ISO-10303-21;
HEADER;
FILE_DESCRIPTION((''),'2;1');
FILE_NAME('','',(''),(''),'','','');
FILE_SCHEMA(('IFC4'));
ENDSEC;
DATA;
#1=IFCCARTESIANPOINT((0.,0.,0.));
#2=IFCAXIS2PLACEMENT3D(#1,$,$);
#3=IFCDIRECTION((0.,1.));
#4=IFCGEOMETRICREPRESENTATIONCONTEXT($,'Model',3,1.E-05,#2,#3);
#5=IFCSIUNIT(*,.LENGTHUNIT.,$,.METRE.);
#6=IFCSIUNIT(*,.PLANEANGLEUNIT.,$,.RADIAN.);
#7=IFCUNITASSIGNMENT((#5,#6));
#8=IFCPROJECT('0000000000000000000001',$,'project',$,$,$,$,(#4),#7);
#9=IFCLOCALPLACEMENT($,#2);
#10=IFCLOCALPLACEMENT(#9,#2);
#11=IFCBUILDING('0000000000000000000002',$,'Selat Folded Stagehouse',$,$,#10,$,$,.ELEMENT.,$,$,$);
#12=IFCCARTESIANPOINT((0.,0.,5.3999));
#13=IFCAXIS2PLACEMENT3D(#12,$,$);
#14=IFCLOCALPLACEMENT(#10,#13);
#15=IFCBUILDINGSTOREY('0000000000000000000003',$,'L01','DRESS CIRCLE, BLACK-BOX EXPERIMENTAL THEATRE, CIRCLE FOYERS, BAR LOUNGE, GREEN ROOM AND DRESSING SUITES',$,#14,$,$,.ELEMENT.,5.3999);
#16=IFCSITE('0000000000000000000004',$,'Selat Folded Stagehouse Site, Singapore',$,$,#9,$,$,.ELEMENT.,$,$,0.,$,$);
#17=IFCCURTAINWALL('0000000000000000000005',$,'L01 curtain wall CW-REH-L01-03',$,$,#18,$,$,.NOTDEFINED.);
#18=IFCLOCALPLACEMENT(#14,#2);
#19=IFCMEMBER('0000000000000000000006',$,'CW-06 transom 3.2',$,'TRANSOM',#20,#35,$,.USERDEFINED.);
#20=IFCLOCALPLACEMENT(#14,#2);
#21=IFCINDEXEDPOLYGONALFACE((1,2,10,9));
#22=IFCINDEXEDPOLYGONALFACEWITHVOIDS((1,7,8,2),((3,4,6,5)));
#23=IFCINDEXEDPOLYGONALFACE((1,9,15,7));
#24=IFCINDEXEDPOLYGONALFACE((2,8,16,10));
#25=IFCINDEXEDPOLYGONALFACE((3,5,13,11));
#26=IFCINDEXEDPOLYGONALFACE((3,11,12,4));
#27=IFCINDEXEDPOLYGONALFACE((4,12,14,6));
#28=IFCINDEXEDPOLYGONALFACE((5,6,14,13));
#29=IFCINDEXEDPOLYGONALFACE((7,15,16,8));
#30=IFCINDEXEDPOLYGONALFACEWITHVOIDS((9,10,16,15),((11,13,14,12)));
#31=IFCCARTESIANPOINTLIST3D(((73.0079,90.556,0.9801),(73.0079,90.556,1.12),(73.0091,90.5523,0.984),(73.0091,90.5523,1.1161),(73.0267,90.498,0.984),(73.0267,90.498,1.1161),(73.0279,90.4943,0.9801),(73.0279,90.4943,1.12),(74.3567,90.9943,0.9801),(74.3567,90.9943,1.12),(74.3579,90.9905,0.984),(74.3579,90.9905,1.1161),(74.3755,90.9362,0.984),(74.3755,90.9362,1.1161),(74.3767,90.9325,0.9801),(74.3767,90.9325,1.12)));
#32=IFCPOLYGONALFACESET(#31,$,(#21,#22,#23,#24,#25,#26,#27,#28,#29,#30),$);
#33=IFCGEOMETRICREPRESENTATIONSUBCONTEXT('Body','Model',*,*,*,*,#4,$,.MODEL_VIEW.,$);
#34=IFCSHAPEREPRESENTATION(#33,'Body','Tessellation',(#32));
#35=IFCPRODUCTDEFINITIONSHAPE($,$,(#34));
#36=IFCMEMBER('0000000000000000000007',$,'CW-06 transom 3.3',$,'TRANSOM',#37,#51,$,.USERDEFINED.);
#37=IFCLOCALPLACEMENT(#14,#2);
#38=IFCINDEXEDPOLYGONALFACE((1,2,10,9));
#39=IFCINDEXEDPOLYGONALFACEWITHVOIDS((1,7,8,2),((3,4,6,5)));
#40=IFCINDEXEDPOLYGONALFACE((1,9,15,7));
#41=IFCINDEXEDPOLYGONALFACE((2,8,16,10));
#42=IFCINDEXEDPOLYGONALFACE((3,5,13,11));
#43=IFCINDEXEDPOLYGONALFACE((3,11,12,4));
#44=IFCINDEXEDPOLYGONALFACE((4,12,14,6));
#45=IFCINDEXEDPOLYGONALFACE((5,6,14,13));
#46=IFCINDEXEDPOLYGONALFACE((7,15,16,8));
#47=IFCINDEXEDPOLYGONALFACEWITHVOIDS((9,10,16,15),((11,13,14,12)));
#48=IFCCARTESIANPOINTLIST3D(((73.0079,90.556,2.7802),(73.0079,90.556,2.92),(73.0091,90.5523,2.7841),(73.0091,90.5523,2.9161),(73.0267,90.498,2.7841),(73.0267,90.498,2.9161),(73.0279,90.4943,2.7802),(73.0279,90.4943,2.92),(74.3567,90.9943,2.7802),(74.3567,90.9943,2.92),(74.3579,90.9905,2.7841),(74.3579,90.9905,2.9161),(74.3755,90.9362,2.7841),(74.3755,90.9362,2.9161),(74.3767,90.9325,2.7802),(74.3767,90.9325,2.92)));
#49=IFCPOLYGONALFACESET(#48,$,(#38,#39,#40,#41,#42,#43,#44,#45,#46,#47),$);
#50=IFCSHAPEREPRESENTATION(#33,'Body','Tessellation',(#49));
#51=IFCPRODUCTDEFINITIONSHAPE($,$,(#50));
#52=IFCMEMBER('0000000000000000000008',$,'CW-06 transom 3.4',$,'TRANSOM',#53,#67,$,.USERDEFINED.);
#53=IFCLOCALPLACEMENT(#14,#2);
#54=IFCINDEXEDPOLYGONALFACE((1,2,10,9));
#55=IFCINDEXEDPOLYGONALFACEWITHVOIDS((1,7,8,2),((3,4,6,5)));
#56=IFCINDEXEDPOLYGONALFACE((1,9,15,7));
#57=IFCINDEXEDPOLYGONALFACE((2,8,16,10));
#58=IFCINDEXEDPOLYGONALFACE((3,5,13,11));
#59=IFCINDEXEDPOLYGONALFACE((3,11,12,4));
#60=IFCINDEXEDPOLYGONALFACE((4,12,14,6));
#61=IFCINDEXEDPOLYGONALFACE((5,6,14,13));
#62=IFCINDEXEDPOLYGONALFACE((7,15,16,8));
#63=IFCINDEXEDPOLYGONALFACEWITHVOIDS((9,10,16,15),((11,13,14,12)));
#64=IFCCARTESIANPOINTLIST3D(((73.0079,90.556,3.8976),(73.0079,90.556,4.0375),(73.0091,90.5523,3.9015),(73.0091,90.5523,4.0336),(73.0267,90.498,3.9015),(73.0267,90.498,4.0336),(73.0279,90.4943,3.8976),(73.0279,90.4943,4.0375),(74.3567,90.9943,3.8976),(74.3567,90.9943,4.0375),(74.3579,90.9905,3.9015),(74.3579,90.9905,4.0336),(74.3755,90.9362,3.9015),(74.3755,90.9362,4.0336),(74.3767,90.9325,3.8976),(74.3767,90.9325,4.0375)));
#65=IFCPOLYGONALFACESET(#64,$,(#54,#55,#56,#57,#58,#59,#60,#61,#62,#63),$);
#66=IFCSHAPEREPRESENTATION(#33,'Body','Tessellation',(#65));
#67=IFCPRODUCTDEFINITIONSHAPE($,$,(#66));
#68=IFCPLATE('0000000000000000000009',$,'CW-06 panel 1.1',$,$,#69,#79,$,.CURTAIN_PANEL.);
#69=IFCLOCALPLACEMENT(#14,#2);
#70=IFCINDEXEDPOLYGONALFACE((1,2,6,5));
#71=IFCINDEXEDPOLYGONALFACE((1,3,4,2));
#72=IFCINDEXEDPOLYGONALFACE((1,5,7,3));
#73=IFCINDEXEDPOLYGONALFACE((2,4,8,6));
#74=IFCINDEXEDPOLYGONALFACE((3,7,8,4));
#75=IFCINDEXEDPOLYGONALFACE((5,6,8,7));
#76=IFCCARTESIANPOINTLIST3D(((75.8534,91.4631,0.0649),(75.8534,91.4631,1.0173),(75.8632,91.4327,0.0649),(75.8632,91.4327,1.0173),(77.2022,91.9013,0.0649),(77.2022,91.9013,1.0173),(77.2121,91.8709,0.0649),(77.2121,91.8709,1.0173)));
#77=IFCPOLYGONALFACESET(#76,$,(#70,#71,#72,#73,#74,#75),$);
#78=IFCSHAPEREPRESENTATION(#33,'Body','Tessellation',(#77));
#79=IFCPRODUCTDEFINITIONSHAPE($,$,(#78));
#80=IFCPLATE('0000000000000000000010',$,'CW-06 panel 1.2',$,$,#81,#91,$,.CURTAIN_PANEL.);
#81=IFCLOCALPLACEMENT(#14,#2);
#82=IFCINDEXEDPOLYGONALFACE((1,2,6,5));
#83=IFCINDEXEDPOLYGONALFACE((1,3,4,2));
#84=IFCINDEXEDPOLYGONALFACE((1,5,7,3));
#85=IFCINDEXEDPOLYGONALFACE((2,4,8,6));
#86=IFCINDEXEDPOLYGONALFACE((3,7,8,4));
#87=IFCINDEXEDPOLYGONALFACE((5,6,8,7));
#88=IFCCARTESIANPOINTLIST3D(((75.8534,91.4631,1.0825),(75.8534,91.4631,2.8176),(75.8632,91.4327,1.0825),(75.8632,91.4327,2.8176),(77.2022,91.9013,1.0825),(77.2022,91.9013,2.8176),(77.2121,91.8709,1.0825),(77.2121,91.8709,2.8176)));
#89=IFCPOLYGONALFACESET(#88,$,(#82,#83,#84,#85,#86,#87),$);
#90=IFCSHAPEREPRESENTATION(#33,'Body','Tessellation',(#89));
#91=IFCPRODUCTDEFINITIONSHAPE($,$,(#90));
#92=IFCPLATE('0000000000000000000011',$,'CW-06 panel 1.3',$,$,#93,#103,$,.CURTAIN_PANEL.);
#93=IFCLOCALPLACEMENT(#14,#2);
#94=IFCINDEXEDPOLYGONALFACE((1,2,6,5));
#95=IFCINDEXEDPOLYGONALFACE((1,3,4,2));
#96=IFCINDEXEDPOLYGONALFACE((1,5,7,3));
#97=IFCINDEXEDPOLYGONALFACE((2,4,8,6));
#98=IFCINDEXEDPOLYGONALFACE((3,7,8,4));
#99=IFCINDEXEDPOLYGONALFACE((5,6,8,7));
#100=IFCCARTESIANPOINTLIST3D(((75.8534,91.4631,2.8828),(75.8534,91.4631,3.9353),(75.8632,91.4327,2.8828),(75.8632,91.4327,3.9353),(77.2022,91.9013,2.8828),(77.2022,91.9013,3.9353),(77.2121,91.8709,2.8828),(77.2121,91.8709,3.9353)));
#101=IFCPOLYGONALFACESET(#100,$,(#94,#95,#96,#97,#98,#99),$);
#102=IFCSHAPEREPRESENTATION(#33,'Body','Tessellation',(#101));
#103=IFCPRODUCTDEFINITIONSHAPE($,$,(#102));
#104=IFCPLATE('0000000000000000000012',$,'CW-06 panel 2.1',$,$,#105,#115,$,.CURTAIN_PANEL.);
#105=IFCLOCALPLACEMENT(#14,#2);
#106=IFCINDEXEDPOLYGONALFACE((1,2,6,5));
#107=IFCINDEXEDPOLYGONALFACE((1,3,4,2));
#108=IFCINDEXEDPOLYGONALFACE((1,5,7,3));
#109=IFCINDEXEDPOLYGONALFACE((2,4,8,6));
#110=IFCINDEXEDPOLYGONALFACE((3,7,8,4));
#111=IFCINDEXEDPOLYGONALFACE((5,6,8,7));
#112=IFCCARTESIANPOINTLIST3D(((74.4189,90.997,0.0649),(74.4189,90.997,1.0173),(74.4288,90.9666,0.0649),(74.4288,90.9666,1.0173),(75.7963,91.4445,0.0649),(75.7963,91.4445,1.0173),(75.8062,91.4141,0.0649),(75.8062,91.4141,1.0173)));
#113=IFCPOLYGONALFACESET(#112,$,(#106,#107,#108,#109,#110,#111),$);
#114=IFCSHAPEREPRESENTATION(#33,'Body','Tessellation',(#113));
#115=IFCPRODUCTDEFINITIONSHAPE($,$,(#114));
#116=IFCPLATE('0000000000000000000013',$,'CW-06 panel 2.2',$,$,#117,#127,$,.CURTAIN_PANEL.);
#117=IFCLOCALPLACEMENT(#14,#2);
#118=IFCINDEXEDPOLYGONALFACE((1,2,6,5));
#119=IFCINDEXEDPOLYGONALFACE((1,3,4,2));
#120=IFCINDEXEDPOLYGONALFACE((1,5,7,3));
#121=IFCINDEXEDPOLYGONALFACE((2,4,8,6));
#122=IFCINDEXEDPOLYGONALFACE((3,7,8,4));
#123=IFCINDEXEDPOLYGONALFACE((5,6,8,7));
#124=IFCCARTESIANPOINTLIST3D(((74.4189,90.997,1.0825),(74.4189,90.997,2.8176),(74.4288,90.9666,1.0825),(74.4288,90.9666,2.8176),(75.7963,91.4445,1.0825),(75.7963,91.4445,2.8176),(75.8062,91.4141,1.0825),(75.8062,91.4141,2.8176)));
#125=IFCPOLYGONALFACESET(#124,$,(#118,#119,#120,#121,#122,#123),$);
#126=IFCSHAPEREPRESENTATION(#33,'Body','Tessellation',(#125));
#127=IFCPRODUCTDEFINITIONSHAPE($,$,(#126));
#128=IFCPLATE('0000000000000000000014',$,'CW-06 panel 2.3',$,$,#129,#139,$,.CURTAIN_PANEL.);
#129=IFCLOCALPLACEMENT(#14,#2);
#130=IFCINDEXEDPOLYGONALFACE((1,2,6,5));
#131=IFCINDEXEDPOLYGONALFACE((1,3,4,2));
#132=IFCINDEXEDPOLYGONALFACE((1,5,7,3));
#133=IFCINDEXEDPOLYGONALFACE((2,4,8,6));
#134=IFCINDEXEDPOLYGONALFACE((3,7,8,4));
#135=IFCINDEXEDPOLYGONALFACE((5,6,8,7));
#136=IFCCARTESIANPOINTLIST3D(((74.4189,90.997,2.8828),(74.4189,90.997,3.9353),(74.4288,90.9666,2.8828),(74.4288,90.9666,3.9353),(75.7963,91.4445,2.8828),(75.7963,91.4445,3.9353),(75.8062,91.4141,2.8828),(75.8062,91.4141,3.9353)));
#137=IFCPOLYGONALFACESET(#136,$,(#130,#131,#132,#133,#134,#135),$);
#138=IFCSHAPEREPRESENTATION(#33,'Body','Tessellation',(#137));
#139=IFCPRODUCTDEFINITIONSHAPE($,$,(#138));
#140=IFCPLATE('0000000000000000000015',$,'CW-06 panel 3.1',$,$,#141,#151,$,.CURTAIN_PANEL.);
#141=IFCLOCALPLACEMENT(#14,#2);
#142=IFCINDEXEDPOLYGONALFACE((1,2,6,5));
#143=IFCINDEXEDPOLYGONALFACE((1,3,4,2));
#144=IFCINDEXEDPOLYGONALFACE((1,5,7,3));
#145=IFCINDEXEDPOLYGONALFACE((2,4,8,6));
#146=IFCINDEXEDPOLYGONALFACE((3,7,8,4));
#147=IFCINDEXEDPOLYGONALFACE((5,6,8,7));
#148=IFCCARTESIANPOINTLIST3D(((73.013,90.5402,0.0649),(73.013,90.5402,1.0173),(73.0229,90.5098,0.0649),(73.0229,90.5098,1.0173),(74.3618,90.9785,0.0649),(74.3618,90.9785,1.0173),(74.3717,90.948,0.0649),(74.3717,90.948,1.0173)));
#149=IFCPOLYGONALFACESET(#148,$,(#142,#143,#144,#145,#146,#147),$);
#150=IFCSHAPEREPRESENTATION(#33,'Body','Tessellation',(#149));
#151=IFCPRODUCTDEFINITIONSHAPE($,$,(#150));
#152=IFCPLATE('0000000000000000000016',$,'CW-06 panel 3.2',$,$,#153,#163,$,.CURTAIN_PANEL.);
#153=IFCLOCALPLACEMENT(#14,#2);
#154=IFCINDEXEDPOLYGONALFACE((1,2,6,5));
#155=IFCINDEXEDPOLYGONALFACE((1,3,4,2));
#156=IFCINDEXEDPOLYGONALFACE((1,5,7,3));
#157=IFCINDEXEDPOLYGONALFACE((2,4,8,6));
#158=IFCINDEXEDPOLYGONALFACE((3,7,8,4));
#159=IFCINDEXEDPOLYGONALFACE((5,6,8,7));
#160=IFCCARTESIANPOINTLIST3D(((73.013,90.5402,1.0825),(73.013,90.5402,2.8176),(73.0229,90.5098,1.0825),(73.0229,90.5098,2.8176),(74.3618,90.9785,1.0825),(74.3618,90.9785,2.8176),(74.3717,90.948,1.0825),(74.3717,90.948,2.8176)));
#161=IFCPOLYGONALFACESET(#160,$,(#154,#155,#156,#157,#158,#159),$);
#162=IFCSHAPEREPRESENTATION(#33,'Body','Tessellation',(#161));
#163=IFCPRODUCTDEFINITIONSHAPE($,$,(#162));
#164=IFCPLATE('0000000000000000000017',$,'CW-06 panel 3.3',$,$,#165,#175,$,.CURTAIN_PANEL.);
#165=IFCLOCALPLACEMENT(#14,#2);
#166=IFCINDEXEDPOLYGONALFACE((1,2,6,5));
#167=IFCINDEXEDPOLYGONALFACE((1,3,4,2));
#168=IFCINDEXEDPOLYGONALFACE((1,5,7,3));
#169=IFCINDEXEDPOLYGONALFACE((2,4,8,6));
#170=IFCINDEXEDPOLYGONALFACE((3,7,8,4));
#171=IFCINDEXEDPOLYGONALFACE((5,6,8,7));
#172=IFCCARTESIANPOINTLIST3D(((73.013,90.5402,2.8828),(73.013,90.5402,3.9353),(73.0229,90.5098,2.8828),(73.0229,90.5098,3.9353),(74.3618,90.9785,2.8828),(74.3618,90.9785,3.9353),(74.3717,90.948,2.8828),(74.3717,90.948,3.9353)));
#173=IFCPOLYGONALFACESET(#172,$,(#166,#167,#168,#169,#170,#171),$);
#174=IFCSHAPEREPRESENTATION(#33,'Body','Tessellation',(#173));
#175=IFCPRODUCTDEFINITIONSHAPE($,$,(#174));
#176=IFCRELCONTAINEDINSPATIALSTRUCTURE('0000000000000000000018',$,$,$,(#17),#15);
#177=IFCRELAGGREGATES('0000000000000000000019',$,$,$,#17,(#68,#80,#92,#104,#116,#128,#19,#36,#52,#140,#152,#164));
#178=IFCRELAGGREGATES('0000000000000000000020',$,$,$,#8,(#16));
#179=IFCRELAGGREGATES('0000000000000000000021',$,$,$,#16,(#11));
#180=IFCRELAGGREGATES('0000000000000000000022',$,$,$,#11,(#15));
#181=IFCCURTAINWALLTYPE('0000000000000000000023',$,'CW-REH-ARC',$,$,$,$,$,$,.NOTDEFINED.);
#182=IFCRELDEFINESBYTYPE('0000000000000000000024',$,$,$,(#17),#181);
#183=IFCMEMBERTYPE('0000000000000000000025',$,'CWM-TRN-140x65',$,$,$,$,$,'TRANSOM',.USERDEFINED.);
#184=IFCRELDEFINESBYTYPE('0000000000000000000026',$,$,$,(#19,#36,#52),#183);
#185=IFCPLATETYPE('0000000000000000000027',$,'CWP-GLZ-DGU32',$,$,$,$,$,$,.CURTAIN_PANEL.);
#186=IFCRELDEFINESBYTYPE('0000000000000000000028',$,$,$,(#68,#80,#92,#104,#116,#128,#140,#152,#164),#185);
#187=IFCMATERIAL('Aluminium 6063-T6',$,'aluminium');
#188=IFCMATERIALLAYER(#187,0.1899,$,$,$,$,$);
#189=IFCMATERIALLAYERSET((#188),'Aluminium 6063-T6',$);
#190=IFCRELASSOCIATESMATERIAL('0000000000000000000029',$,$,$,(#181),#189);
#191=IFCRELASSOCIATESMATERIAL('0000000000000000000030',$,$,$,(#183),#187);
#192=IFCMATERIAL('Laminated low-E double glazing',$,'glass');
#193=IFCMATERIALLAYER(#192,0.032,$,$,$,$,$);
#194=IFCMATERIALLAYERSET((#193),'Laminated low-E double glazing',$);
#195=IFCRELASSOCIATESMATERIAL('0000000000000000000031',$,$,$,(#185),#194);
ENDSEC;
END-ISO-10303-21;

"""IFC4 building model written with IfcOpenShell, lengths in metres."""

from ifc_helpers import new_model, si_unit, direction, frame, origin, origin_2d, place, context, subcontext, project, spatial, rectangle, hollow_rectangle, extrude, material, layer, layer_set, material_profile, profile_set, type_object, element, aggregate, save


model = new_model("IFC4")

# Units and contexts
model_context = context("Model", 3, precision=1e-05, world=origin(), true_north=direction((0.0, 1.0)))
body_context = subcontext(model_context, "Body", "Model", "MODEL_VIEW")
ifc_project = project(units=[si_unit("LENGTHUNIT", "METRE"), si_unit("PLANEANGLEUNIT", "RADIAN")], contexts=[model_context])

# Site, building, storey
site_placement = place(None, origin())
site = spatial("IfcSite", under=ifc_project, at=site_placement, Name="Selat Folded Stagehouse Site, Singapore", CompositionType="ELEMENT", RefElevation=0.0)
building_placement = place(site_placement, origin())
building = spatial("IfcBuilding", under=site, at=building_placement, Name="Selat Folded Stagehouse", CompositionType="ELEMENT")
storey_placement = place(building_placement, frame((0.0, 0.0, 5.3999)))
storey = spatial("IfcBuildingStorey", under=building, at=storey_placement, Name="L01", Description="DRESS CIRCLE, BLACK-BOX EXPERIMENTAL THEATRE, CIRCLE FOYERS, BAR LOUNGE, GREEN ROOM AND DRESSING SUITES", CompositionType="ELEMENT", Elevation=5.3999)

# Curtain wall, members, plates
ifc_material_1 = material(Name="Aluminium 6063-T6", Category="aluminium")
ifc_layer_1 = layer(ifc_material_1, 0.1899)
ifc_layer_set_1 = layer_set([ifc_layer_1], Name="Aluminium 6063-T6")
curtain_wall_type = type_object("IfcCurtainWallType", Name="CW-REH-ARC", PredefinedType="NOTDEFINED", material=ifc_layer_set_1)
curtain_wall_placement = place(storey_placement, origin())
curtain_wall = element("IfcCurtainWall", 1, at=curtain_wall_placement, inside=storey, type_object=curtain_wall_type, Name="L01 curtain wall CW-REH-L01-03", PredefinedType="NOTDEFINED")
ifc_material_profile_1 = material_profile(ifc_material_1, hollow_rectangle(XDim=0.0649, YDim=0.1399, WallThickness=0.0039, at=origin_2d()), Name="ALU 140x65x4.0")
ifc_profile_set_1 = profile_set([ifc_material_profile_1], Name="Aluminium 6063-T6")
member_type_1 = type_object("IfcMemberType", Name="CWM-TRN-140x65", ElementType="TRANSOM", PredefinedType="USERDEFINED", material=ifc_profile_set_1)
member_1_placement = place(storey_placement, frame((74.3667, 90.9634, 1.05), z_axis=(-0.951066, -0.308989, 0.0), x_axis=(0.308989, -0.951066, 0.0)))
member_1 = element("IfcMember", 2, at=member_1_placement, type_object=member_type_1, Name="CW-06 transom 3.2", ObjectType="TRANSOM", PredefinedType="USERDEFINED", context=body_context, shape_type="SweptSolid", body=[
    extrude(hollow_rectangle(XDim=0.0649, YDim=0.1399, WallThickness=0.0039, at=origin_2d()), origin(), (0.0, 0.0, 1.0), 1.4182),
])
member_2_placement = place(storey_placement, frame((74.3667, 90.9634, 2.8501), z_axis=(-0.951066, -0.308989, 0.0), x_axis=(0.308989, -0.951066, 0.0)))
member_2 = element("IfcMember", 3, at=member_2_placement, type_object=member_type_1, Name="CW-06 transom 3.3", ObjectType="TRANSOM", PredefinedType="USERDEFINED", context=body_context, shape_type="SweptSolid", body=[
    extrude(hollow_rectangle(XDim=0.0649, YDim=0.1399, WallThickness=0.0039, at=origin_2d()), origin(), (0.0, 0.0, 1.0), 1.4182),
])
member_3_placement = place(storey_placement, frame((74.3667, 90.9634, 3.9675), z_axis=(-0.951066, -0.308989, 0.0), x_axis=(0.308989, -0.951066, 0.0)))
member_3 = element("IfcMember", 4, at=member_3_placement, type_object=member_type_1, Name="CW-06 transom 3.4", ObjectType="TRANSOM", PredefinedType="USERDEFINED", context=body_context, shape_type="SweptSolid", body=[
    extrude(hollow_rectangle(XDim=0.0649, YDim=0.1399, WallThickness=0.0039, at=origin_2d()), origin(), (0.0, 0.0, 1.0), 1.4182),
])
ifc_material_2 = material(Name="Laminated low-E double glazing", Category="glass")
ifc_layer_2 = layer(ifc_material_2, 0.032)
ifc_layer_set_2 = layer_set([ifc_layer_2], Name="Laminated low-E double glazing")
plate_type = type_object("IfcPlateType", Name="CWP-GLZ-DGU32", PredefinedType="CURTAIN_PANEL", material=ifc_layer_set_2)
plate_1_placement = place(storey_placement, frame((76.5327, 91.667, 0.0649), z_axis=(0.0, 0.0, 1.0), x_axis=(-0.951065, -0.308992, 0.0)))
plate_1 = element("IfcPlate", 5, at=plate_1_placement, type_object=plate_type, Name="CW-06 panel 1.1", PredefinedType="CURTAIN_PANEL", context=body_context, shape_type="SweptSolid", body=[
    extrude(rectangle(XDim=1.4182, YDim=0.032, at=origin_2d()), origin(), (0.0, 0.0, 1.0), 0.9524),
])
plate_2_placement = place(storey_placement, frame((76.5327, 91.667, 1.0825), z_axis=(0.0, 0.0, 1.0), x_axis=(-0.951065, -0.308992, 0.0)))
plate_2 = element("IfcPlate", 6, at=plate_2_placement, type_object=plate_type, Name="CW-06 panel 1.2", PredefinedType="CURTAIN_PANEL", context=body_context, shape_type="SweptSolid", body=[
    extrude(rectangle(XDim=1.4182, YDim=0.032, at=origin_2d()), origin(), (0.0, 0.0, 1.0), 1.7351),
])
plate_3_placement = place(storey_placement, frame((76.5327, 91.667, 2.8828), z_axis=(0.0, 0.0, 1.0), x_axis=(-0.951065, -0.308992, 0.0)))
plate_3 = element("IfcPlate", 7, at=plate_3_placement, type_object=plate_type, Name="CW-06 panel 1.3", PredefinedType="CURTAIN_PANEL", context=body_context, shape_type="SweptSolid", body=[
    extrude(rectangle(XDim=1.4182, YDim=0.032, at=origin_2d()), origin(), (0.0, 0.0, 1.0), 1.0525),
])
plate_4_placement = place(storey_placement, frame((75.1125, 91.2056, 0.0649), z_axis=(0.0, 0.0, 1.0), x_axis=(-0.951065, -0.308992, 0.0)))
plate_4 = element("IfcPlate", 8, at=plate_4_placement, type_object=plate_type, Name="CW-06 panel 2.1", PredefinedType="CURTAIN_PANEL", context=body_context, shape_type="SweptSolid", body=[
    extrude(rectangle(XDim=1.4482, YDim=0.032, at=origin_2d()), origin(), (0.0, 0.0, 1.0), 0.9524),
])
plate_5_placement = place(storey_placement, frame((75.1125, 91.2056, 1.0825), z_axis=(0.0, 0.0, 1.0), x_axis=(-0.951065, -0.308992, 0.0)))
plate_5 = element("IfcPlate", 9, at=plate_5_placement, type_object=plate_type, Name="CW-06 panel 2.2", PredefinedType="CURTAIN_PANEL", context=body_context, shape_type="SweptSolid", body=[
    extrude(rectangle(XDim=1.4482, YDim=0.032, at=origin_2d()), origin(), (0.0, 0.0, 1.0), 1.7351),
])
plate_6_placement = place(storey_placement, frame((75.1125, 91.2056, 2.8828), z_axis=(0.0, 0.0, 1.0), x_axis=(-0.951065, -0.308992, 0.0)))
plate_6 = element("IfcPlate", 10, at=plate_6_placement, type_object=plate_type, Name="CW-06 panel 2.3", PredefinedType="CURTAIN_PANEL", context=body_context, shape_type="SweptSolid", body=[
    extrude(rectangle(XDim=1.4482, YDim=0.032, at=origin_2d()), origin(), (0.0, 0.0, 1.0), 1.0525),
])
plate_7_placement = place(storey_placement, frame((73.6924, 90.7441, 0.0649), z_axis=(0.0, 0.0, 1.0), x_axis=(-0.951065, -0.308992, 0.0)))
plate_7 = element("IfcPlate", 11, at=plate_7_placement, type_object=plate_type, Name="CW-06 panel 3.1", PredefinedType="CURTAIN_PANEL", context=body_context, shape_type="SweptSolid", body=[
    extrude(rectangle(XDim=1.4182, YDim=0.032, at=origin_2d()), origin(), (0.0, 0.0, 1.0), 0.9524),
])
plate_8_placement = place(storey_placement, frame((73.6924, 90.7441, 1.0825), z_axis=(0.0, 0.0, 1.0), x_axis=(-0.951065, -0.308992, 0.0)))
plate_8 = element("IfcPlate", 12, at=plate_8_placement, type_object=plate_type, Name="CW-06 panel 3.2", PredefinedType="CURTAIN_PANEL", context=body_context, shape_type="SweptSolid", body=[
    extrude(rectangle(XDim=1.4182, YDim=0.032, at=origin_2d()), origin(), (0.0, 0.0, 1.0), 1.7351),
])
plate_9_placement = place(storey_placement, frame((73.6924, 90.7441, 2.8828), z_axis=(0.0, 0.0, 1.0), x_axis=(-0.951065, -0.308992, 0.0)))
plate_9 = element("IfcPlate", 13, at=plate_9_placement, type_object=plate_type, Name="CW-06 panel 3.3", PredefinedType="CURTAIN_PANEL", context=body_context, shape_type="SweptSolid", body=[
    extrude(rectangle(XDim=1.4182, YDim=0.032, at=origin_2d()), origin(), (0.0, 0.0, 1.0), 1.0525),
])
aggregate(curtain_wall, [plate_1, plate_2, plate_3, plate_4, plate_5, plate_6, member_1, member_2, member_3, plate_7, plate_8, plate_9])

save(model, "model.ifc")
